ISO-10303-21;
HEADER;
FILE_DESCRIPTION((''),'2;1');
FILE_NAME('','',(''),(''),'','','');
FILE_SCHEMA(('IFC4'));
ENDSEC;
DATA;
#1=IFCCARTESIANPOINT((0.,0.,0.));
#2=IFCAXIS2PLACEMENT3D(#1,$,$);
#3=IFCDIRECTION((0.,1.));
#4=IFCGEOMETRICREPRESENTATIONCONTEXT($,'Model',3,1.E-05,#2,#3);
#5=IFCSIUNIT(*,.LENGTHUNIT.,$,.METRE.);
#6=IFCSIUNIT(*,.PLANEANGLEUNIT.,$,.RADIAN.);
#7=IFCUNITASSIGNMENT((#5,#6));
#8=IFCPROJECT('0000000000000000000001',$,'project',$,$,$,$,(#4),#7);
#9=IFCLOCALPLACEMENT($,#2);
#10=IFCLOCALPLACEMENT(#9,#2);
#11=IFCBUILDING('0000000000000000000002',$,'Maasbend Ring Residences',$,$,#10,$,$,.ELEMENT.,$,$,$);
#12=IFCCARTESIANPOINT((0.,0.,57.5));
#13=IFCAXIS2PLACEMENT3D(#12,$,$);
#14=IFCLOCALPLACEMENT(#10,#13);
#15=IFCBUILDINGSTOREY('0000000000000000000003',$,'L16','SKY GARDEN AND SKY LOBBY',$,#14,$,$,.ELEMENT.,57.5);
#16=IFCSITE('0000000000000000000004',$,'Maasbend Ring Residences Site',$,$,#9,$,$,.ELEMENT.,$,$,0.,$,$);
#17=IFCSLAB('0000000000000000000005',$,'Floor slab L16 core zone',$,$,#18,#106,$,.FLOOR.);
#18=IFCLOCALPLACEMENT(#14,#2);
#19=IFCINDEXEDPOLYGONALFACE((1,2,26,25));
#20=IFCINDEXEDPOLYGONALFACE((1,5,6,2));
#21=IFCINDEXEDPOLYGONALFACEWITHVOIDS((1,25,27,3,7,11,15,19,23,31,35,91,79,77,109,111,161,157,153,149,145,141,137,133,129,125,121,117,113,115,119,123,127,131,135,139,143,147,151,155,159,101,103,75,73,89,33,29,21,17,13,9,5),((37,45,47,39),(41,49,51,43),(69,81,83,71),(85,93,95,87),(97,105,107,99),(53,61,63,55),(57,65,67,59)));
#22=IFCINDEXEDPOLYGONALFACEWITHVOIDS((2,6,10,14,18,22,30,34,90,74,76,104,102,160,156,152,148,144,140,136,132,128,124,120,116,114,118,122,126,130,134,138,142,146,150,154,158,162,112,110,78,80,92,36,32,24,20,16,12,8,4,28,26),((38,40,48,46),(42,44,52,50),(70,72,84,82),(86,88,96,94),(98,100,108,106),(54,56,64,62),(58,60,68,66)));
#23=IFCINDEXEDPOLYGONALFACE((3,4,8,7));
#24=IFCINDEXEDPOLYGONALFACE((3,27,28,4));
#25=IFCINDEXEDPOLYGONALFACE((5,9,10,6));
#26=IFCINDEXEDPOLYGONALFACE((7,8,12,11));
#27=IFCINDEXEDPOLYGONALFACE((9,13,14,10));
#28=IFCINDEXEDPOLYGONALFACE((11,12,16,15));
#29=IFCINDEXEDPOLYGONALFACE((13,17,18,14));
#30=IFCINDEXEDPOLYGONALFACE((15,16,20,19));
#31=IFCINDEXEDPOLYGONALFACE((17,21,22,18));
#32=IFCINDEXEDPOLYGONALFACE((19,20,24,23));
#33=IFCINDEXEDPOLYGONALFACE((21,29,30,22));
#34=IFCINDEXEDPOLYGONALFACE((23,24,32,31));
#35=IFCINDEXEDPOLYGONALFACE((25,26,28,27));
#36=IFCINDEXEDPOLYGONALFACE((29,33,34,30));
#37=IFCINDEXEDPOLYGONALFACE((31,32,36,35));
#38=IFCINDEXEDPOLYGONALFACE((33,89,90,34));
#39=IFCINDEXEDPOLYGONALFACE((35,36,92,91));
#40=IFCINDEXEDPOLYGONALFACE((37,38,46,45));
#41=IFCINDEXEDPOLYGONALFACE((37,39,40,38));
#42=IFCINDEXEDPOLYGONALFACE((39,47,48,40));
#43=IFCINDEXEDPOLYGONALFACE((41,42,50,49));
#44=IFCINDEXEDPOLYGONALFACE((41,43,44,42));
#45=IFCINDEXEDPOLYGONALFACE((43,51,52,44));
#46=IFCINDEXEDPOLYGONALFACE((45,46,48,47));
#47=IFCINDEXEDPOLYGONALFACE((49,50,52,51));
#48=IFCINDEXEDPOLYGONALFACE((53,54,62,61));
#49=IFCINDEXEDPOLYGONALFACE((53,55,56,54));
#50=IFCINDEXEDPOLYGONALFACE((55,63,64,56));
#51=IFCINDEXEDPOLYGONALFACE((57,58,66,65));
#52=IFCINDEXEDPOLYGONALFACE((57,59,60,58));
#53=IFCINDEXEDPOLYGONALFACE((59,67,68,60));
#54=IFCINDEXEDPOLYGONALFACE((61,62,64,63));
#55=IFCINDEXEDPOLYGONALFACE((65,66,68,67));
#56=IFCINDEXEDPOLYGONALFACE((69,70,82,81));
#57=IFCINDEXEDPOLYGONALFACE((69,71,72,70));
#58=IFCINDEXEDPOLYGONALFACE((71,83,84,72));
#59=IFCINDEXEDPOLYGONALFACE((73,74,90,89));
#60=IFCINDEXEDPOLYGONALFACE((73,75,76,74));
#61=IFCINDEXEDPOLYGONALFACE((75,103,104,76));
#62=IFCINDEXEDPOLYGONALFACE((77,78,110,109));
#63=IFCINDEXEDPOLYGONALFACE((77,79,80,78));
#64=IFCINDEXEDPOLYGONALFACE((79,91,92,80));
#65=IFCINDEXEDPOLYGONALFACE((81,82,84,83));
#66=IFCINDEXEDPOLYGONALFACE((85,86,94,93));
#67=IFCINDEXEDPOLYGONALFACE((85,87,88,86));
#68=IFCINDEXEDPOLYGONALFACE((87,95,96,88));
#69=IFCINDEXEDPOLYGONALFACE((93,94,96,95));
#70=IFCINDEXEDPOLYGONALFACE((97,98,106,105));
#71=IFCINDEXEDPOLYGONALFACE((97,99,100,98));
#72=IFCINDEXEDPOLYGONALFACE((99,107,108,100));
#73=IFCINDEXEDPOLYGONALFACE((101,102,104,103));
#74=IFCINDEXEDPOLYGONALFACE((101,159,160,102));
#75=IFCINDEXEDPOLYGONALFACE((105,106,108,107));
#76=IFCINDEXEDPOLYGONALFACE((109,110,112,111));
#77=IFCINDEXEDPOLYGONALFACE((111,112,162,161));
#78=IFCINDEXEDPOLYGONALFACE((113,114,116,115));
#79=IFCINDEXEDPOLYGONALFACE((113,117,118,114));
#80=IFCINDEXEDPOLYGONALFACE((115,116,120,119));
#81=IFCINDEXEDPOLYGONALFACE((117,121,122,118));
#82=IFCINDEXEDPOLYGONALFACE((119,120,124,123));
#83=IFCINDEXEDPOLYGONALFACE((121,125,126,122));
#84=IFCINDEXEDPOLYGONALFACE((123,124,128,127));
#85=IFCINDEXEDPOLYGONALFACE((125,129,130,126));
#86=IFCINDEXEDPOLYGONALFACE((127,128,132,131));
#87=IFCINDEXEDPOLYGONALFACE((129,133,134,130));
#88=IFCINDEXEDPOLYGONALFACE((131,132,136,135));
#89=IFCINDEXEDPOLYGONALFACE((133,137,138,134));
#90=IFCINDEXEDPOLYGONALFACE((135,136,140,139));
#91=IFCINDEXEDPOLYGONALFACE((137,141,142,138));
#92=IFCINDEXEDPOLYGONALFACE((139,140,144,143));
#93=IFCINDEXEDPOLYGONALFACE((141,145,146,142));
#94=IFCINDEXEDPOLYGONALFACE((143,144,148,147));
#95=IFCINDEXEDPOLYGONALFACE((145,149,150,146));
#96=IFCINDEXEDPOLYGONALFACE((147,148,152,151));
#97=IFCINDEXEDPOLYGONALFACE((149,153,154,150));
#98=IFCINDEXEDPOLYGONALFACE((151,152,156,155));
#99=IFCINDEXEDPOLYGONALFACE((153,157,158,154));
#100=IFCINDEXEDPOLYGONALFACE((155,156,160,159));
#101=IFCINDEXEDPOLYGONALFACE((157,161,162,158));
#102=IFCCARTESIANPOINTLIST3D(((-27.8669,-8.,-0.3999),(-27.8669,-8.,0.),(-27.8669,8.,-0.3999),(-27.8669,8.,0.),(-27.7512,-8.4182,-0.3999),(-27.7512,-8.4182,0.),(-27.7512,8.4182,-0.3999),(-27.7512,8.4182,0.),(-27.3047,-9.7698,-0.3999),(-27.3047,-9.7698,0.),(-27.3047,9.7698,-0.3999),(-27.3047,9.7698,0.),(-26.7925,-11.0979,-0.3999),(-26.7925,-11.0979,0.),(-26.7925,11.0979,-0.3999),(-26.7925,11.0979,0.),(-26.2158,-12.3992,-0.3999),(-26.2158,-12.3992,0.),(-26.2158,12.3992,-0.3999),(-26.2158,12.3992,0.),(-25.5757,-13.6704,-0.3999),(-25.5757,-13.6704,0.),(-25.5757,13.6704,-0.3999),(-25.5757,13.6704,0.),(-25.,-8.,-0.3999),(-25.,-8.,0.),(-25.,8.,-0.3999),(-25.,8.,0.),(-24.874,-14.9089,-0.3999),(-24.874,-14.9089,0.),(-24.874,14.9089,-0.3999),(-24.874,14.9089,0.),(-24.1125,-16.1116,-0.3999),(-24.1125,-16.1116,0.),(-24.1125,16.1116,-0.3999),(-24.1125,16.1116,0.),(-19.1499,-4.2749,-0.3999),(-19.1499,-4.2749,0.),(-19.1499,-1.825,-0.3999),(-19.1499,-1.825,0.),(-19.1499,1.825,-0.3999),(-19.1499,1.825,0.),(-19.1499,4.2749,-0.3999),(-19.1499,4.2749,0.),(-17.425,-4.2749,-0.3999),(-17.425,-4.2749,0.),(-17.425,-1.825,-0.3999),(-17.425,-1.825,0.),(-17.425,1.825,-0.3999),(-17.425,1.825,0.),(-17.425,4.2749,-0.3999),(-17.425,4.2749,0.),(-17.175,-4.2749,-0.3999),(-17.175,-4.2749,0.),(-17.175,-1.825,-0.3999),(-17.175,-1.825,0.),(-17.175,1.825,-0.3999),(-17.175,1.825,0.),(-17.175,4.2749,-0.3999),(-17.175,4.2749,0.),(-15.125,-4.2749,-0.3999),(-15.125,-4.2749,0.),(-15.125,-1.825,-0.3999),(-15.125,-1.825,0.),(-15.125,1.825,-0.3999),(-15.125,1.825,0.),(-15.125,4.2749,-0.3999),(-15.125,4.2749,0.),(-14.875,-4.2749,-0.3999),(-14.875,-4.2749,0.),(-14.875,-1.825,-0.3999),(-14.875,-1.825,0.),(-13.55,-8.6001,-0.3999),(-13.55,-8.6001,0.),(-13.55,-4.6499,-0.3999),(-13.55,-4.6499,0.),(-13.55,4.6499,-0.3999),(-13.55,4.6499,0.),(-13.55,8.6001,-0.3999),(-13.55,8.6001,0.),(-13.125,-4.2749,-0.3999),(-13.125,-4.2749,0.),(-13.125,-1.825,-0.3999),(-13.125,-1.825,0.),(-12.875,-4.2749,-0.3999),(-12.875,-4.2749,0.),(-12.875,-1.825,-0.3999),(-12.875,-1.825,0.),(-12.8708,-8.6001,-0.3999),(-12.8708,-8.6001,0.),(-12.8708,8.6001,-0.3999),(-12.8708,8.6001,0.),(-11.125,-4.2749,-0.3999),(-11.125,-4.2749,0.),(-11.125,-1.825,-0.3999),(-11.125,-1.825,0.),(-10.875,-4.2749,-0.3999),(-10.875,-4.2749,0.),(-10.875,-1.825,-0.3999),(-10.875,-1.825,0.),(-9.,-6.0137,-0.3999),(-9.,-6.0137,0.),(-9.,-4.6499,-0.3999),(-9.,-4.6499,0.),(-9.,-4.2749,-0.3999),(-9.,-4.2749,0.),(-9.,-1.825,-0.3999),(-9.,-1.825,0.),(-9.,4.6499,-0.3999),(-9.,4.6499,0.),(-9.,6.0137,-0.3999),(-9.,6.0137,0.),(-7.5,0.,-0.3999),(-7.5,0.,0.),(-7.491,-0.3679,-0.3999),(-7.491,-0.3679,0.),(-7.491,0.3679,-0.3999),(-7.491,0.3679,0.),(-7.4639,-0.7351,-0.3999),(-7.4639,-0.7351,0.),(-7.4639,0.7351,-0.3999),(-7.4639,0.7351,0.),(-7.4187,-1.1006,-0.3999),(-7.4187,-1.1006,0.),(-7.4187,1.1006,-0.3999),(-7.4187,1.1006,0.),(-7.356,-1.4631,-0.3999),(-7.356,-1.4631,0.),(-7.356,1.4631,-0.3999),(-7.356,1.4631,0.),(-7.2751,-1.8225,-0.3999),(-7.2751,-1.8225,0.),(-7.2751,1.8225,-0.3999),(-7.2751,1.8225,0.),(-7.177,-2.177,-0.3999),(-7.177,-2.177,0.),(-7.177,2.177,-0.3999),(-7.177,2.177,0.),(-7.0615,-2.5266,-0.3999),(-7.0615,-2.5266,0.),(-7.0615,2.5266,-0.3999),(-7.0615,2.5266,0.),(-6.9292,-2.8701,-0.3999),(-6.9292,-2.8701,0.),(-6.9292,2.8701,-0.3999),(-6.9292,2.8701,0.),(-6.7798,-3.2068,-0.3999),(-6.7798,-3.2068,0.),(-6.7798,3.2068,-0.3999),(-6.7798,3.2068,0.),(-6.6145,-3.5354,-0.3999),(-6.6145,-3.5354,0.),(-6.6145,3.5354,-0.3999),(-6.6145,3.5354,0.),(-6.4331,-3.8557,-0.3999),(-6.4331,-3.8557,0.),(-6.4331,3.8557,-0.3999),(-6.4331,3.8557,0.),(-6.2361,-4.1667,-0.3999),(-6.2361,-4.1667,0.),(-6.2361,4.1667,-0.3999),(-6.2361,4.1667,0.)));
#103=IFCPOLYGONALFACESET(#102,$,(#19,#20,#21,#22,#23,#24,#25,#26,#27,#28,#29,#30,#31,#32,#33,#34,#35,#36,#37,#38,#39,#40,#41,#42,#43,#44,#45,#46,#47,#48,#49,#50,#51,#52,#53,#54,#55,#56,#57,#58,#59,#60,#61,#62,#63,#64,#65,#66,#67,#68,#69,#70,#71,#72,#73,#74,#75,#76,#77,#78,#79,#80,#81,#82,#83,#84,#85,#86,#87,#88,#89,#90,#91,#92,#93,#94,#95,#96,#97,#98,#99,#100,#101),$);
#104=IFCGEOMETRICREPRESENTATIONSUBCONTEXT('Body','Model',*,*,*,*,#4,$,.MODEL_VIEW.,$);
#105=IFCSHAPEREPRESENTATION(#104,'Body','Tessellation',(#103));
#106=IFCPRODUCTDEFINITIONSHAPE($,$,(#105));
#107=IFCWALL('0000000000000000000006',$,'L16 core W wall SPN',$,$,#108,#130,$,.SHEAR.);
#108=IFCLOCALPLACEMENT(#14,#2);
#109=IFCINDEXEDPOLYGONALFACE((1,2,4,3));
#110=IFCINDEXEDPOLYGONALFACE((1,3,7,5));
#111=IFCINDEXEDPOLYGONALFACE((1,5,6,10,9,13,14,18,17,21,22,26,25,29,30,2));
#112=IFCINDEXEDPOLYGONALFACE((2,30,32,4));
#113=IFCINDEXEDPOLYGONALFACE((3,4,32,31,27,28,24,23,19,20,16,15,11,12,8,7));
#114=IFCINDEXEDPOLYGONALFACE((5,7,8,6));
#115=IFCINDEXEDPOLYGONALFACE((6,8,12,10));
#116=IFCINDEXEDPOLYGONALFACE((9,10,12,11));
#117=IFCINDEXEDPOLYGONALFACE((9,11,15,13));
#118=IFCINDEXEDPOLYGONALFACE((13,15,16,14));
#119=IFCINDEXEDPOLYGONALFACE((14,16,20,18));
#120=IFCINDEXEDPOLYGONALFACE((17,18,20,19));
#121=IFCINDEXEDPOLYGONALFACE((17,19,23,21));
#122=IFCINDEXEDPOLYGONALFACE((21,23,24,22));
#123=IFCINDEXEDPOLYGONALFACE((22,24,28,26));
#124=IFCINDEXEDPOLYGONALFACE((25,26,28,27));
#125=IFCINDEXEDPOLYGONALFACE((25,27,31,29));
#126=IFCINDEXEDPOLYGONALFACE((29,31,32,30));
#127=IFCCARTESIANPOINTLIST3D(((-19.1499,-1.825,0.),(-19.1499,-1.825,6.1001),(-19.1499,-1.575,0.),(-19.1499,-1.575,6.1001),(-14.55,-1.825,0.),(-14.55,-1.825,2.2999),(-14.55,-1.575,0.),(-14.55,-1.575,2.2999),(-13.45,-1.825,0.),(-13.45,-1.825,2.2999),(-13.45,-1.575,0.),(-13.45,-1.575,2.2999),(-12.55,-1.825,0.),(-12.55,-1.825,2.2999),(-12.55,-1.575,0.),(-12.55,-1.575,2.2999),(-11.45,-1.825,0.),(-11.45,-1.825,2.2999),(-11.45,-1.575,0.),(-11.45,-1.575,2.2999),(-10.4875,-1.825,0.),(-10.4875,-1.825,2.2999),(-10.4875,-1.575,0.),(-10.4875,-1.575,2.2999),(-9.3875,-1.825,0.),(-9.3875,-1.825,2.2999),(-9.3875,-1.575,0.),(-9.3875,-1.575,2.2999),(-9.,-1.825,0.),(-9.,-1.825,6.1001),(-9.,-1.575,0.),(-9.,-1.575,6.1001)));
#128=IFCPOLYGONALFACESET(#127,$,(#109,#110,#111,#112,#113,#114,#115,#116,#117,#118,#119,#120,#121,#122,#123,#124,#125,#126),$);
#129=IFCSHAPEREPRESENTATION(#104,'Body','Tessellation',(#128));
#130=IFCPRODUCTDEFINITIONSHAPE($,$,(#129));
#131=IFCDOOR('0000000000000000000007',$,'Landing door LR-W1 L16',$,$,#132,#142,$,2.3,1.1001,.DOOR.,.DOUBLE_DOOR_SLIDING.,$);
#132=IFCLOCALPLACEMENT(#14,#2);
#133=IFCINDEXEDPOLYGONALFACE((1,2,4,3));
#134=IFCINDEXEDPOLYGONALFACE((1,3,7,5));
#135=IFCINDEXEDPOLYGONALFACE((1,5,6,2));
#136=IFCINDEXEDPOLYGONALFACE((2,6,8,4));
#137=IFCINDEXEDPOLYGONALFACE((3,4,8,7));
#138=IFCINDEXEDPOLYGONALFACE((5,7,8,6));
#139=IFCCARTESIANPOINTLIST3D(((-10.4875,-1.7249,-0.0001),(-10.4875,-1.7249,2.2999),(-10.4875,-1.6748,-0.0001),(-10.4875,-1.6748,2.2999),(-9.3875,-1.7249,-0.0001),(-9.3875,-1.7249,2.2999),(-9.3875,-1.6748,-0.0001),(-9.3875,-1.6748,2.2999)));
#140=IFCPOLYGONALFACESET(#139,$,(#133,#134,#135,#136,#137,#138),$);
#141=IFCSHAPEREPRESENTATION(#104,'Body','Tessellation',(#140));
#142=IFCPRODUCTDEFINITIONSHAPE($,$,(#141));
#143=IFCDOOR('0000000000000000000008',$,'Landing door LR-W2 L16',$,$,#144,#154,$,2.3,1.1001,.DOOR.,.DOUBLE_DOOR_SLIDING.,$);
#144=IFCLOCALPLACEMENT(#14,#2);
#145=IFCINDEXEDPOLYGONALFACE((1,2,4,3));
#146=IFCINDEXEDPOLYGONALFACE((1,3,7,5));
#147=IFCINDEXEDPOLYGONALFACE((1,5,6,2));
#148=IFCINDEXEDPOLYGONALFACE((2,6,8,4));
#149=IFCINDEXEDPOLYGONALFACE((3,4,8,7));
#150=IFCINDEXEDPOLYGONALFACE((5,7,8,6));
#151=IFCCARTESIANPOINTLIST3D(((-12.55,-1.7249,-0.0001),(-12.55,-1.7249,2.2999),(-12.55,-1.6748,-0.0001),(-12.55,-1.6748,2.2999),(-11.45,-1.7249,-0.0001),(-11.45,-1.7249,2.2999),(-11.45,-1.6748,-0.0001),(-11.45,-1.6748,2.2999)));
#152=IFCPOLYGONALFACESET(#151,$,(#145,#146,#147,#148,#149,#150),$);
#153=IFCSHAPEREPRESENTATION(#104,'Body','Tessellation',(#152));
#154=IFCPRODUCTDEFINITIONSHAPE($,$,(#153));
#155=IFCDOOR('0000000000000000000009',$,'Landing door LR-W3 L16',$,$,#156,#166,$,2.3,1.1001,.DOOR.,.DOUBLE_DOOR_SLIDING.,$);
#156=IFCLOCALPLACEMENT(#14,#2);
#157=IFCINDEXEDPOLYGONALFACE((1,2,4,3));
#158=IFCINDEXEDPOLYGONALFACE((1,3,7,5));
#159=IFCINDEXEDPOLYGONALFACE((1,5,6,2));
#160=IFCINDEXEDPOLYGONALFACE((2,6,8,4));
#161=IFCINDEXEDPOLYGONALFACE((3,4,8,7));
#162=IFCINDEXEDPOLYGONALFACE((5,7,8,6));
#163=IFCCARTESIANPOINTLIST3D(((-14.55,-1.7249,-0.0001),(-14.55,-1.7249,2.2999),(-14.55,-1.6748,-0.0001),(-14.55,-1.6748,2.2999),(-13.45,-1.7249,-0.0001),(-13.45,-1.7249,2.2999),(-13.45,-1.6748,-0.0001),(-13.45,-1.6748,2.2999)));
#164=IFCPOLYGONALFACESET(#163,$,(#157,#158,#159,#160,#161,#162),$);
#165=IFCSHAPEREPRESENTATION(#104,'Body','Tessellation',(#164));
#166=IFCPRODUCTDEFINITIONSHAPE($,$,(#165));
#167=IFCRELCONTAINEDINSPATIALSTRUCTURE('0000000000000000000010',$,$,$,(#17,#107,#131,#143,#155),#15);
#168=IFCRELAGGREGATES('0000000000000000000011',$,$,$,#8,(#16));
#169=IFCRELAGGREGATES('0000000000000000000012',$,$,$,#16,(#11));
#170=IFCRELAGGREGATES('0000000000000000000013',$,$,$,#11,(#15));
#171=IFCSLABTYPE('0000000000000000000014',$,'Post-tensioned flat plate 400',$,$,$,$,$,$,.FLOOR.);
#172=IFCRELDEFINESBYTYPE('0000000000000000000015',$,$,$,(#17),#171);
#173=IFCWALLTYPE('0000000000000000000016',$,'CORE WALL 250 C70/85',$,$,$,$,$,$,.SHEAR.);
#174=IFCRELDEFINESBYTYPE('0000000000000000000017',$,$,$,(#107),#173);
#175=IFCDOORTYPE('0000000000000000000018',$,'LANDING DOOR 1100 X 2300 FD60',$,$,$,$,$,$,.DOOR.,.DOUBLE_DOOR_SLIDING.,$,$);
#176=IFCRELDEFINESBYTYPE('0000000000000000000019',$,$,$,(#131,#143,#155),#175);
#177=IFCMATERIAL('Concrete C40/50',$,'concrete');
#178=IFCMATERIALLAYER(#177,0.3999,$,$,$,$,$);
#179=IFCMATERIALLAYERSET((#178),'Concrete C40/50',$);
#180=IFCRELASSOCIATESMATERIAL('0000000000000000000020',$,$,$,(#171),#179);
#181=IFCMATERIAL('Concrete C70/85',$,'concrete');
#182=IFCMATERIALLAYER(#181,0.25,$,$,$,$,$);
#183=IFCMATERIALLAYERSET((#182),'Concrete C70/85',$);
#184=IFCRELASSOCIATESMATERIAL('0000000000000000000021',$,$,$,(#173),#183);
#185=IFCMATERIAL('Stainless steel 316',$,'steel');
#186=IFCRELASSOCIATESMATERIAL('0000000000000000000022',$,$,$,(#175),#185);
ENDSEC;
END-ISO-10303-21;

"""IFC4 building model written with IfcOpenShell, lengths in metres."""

from ifc_helpers import new_model, si_unit, direction, frame, frame_2d, origin, place, context, subcontext, project, spatial, polyline, rectangle, outline, extrude, material, layer, layer_set, type_object, element, fill, save


model = new_model("IFC4")

# Units and contexts
model_context = context("Model", 3, precision=1e-05, world=origin(), true_north=direction((0.0, 1.0)))
body_context = subcontext(model_context, "Body", "Model", "MODEL_VIEW")
ifc_project = project(units=[si_unit("LENGTHUNIT", "METRE"), si_unit("PLANEANGLEUNIT", "RADIAN")], contexts=[model_context])

# Site, building, storey
site_placement = place(None, origin())
site = spatial("IfcSite", under=ifc_project, at=site_placement, Name="Maasbend Ring Residences Site", CompositionType="ELEMENT", RefElevation=0.0)
building_placement = place(site_placement, origin())
building = spatial("IfcBuilding", under=site, at=building_placement, Name="Maasbend Ring Residences", CompositionType="ELEMENT")
storey_placement = place(building_placement, frame((0.0, 0.0, 57.5)))
storey = spatial("IfcBuildingStorey", under=building, at=storey_placement, Name="L16", Description="SKY GARDEN AND SKY LOBBY", CompositionType="ELEMENT", Elevation=57.5)

# Slab
ifc_material_1 = material(Name="Concrete C40/50", Category="concrete")
ifc_layer_1 = layer(ifc_material_1, 0.3999)
ifc_layer_set_1 = layer_set([ifc_layer_1], Name="Concrete C40/50")
slab_type_1 = type_object("IfcSlabType", Name="Post-tensioned flat plate 400", PredefinedType="FLOOR", material=ifc_layer_set_1)
slab_1_placement = place(storey_placement, frame((0.0, 0.0, -0.3999)))
element("IfcSlab", 1, at=slab_1_placement, inside=storey, type_object=slab_type_1, Name="Floor slab L16 core zone", PredefinedType="FLOOR", context=body_context, shape_type="SweptSolid", body=[
    extrude(outline(polyline([(-24.1125, -16.1116), (-12.8708, -8.6001), (-13.55, -8.6001), (-13.55, -4.6499), (-9.0, -4.6499), (-9.0, -6.0137), (-6.2361, -4.1667), (-6.4331, -3.8557), (-6.6145, -3.5354), (-6.7798, -3.2068), (-6.9292, -2.8701), (-7.0615, -2.5266), (-7.177, -2.177), (-7.2751, -1.8225), (-7.356, -1.4631), (-7.4187, -1.1006), (-7.4639, -0.7351), (-7.491, -0.3679), (-7.5, 0.0), (-7.491, 0.3679), (-7.4639, 0.7351), (-7.4187, 1.1006), (-7.356, 1.4631), (-7.2751, 1.8225), (-7.177, 2.177), (-7.0615, 2.5266), (-6.9292, 2.8701), (-6.7798, 3.2068), (-6.6145, 3.5354), (-6.4331, 3.8557), (-6.2361, 4.1667), (-9.0, 6.0137), (-9.0, 4.6499), (-13.55, 4.6499), (-13.55, 8.6001), (-12.8708, 8.6001), (-24.1125, 16.1116), (-24.1125, 16.1116), (-24.874, 14.9089), (-25.5757, 13.6704), (-26.2158, 12.3992), (-26.7925, 11.0979), (-27.3047, 9.7698), (-27.7512, 8.4182), (-27.8669, 8.0), (-25.0, 8.0), (-25.0, -8.0), (-27.8669, -8.0), (-27.7512, -8.4182), (-27.3047, -9.7698), (-26.7925, -11.0979), (-26.2158, -12.3992), (-25.5757, -13.6704), (-24.874, -14.9089), (-24.1125, -16.1116)]), holes=[polyline([(-10.875, -1.825), (-9.0, -1.825), (-9.0, -4.2749), (-10.875, -4.2749), (-10.875, -1.825)]), polyline([(-12.875, -1.825), (-11.125, -1.825), (-11.125, -4.2749), (-12.875, -4.2749), (-12.875, -1.825)]), polyline([(-14.875, -1.825), (-13.125, -1.825), (-13.125, -4.2749), (-14.875, -4.2749), (-14.875, -1.825)]), polyline([(-17.175, -1.825), (-15.125, -1.825), (-15.125, -4.2749), (-17.175, -4.2749), (-17.175, -1.825)]), polyline([(-17.175, 4.2749), (-15.125, 4.2749), (-15.125, 1.825), (-17.175, 1.825), (-17.175, 4.2749)]), polyline([(-19.1499, -1.825), (-17.425, -1.825), (-17.425, -4.2749), (-19.1499, -4.2749), (-19.1499, -1.825)]), polyline([(-19.1499, 4.2749), (-17.425, 4.2749), (-17.425, 1.825), (-19.1499, 1.825), (-19.1499, 4.2749)])]), origin(), (0.0, 0.0, 1.0), 0.3999),
])

# Wall, openings, doors
ifc_material_2 = material(Name="Concrete C70/85", Category="concrete")
ifc_layer_2 = layer(ifc_material_2, 0.25)
ifc_layer_set_2 = layer_set([ifc_layer_2], Name="Concrete C70/85")
wall_type_1 = type_object("IfcWallType", Name="CORE WALL 250 C70/85", PredefinedType="SHEAR", material=ifc_layer_set_2)
wall_1_placement = place(storey_placement, frame((-9.0, -1.7, 0.0), z_axis=(0.0, 0.0, 1.0), x_axis=(-1.0, 0.0, 0.0)))
wall_1 = element("IfcWall", 2, at=wall_1_placement, inside=storey, type_object=wall_type_1, Name="L16 core W wall SPN", PredefinedType="SHEAR", context=body_context, shape_type="SweptSolid", body=[
    extrude(rectangle(XDim=10.1499, YDim=0.25, at=frame_2d((5.075, 0.0))), origin(), (0.0, 0.0, 1.0), 6.1001),
])
opening_1_placement = place(wall_1_placement, frame((0.3875, 0.0, 0.0)))
opening_1 = element("IfcOpeningElement", 3, at=opening_1_placement, cuts=wall_1, PredefinedType="OPENING", context=body_context, shape_type="SweptSolid", body=[
    extrude(rectangle(XDim=1.1001, YDim=2.3, at=frame_2d((0.55, 1.1499))), frame((0.0, 0.135, 0.0), z_axis=(0.0, -1.0, 0.0), x_axis=(1.0, 0.0, 0.0)), (0.0, 0.0, 1.0), 0.27),
])
opening_2_placement = place(wall_1_placement, frame((2.45, 0.0, 0.0)))
opening_2 = element("IfcOpeningElement", 4, at=opening_2_placement, cuts=wall_1, PredefinedType="OPENING", context=body_context, shape_type="SweptSolid", body=[
    extrude(rectangle(XDim=1.1001, YDim=2.3, at=frame_2d((0.55, 1.1499))), frame((0.0, 0.135, 0.0), z_axis=(0.0, -1.0, 0.0), x_axis=(1.0, 0.0, 0.0)), (0.0, 0.0, 1.0), 0.27),
])
opening_3_placement = place(wall_1_placement, frame((4.45, 0.0, 0.0)))
opening_3 = element("IfcOpeningElement", 5, at=opening_3_placement, cuts=wall_1, PredefinedType="OPENING", context=body_context, shape_type="SweptSolid", body=[
    extrude(rectangle(XDim=1.1001, YDim=2.3, at=frame_2d((0.55, 1.1499))), frame((0.0, 0.135, 0.0), z_axis=(0.0, -1.0, 0.0), x_axis=(1.0, 0.0, 0.0)), (0.0, 0.0, 1.0), 0.27),
])
ifc_material_3 = material(Name="Stainless steel 316", Category="steel")
door_type_1 = type_object("IfcDoorType", Name="LANDING DOOR 1100 X 2300 FD60", OperationType="DOUBLE_DOOR_SLIDING", PredefinedType="DOOR", material=ifc_material_3)
door_1_placement = place(opening_1_placement, origin())
door_1 = element("IfcDoor", 6, at=door_1_placement, inside=storey, type_object=door_type_1, Name="Landing door LR-W1 L16", OperationType="DOUBLE_DOOR_SLIDING", OverallHeight=2.3, OverallWidth=1.1001, PredefinedType="DOOR", context=body_context, shape_type="SweptSolid", body=[
    extrude(rectangle(XDim=1.1001, YDim=2.3, at=frame_2d((0.55, 1.1499))), frame((0.0, 0.0249, 0.0), z_axis=(0.0, -1.0, 0.0), x_axis=(1.0, 0.0, 0.0)), (0.0, 0.0, 1.0), 0.05),
])
fill(opening_1, door_1)
door_2_placement = place(opening_2_placement, origin())
door_2 = element("IfcDoor", 7, at=door_2_placement, inside=storey, type_object=door_type_1, Name="Landing door LR-W2 L16", OperationType="DOUBLE_DOOR_SLIDING", OverallHeight=2.3, OverallWidth=1.1001, PredefinedType="DOOR", context=body_context, shape_type="SweptSolid", body=[
    extrude(rectangle(XDim=1.1001, YDim=2.3, at=frame_2d((0.55, 1.1499))), frame((0.0, 0.0249, 0.0), z_axis=(0.0, -1.0, 0.0), x_axis=(1.0, 0.0, 0.0)), (0.0, 0.0, 1.0), 0.05),
])
fill(opening_2, door_2)
door_3_placement = place(opening_3_placement, origin())
door_3 = element("IfcDoor", 8, at=door_3_placement, inside=storey, type_object=door_type_1, Name="Landing door LR-W3 L16", OperationType="DOUBLE_DOOR_SLIDING", OverallHeight=2.3, OverallWidth=1.1001, PredefinedType="DOOR", context=body_context, shape_type="SweptSolid", body=[
    extrude(rectangle(XDim=1.1001, YDim=2.3, at=frame_2d((0.55, 1.1499))), frame((0.0, 0.0249, 0.0), z_axis=(0.0, -1.0, 0.0), x_axis=(1.0, 0.0, 0.0)), (0.0, 0.0, 1.0), 0.05),
])
fill(opening_3, door_3)

save(model, "model.ifc")
